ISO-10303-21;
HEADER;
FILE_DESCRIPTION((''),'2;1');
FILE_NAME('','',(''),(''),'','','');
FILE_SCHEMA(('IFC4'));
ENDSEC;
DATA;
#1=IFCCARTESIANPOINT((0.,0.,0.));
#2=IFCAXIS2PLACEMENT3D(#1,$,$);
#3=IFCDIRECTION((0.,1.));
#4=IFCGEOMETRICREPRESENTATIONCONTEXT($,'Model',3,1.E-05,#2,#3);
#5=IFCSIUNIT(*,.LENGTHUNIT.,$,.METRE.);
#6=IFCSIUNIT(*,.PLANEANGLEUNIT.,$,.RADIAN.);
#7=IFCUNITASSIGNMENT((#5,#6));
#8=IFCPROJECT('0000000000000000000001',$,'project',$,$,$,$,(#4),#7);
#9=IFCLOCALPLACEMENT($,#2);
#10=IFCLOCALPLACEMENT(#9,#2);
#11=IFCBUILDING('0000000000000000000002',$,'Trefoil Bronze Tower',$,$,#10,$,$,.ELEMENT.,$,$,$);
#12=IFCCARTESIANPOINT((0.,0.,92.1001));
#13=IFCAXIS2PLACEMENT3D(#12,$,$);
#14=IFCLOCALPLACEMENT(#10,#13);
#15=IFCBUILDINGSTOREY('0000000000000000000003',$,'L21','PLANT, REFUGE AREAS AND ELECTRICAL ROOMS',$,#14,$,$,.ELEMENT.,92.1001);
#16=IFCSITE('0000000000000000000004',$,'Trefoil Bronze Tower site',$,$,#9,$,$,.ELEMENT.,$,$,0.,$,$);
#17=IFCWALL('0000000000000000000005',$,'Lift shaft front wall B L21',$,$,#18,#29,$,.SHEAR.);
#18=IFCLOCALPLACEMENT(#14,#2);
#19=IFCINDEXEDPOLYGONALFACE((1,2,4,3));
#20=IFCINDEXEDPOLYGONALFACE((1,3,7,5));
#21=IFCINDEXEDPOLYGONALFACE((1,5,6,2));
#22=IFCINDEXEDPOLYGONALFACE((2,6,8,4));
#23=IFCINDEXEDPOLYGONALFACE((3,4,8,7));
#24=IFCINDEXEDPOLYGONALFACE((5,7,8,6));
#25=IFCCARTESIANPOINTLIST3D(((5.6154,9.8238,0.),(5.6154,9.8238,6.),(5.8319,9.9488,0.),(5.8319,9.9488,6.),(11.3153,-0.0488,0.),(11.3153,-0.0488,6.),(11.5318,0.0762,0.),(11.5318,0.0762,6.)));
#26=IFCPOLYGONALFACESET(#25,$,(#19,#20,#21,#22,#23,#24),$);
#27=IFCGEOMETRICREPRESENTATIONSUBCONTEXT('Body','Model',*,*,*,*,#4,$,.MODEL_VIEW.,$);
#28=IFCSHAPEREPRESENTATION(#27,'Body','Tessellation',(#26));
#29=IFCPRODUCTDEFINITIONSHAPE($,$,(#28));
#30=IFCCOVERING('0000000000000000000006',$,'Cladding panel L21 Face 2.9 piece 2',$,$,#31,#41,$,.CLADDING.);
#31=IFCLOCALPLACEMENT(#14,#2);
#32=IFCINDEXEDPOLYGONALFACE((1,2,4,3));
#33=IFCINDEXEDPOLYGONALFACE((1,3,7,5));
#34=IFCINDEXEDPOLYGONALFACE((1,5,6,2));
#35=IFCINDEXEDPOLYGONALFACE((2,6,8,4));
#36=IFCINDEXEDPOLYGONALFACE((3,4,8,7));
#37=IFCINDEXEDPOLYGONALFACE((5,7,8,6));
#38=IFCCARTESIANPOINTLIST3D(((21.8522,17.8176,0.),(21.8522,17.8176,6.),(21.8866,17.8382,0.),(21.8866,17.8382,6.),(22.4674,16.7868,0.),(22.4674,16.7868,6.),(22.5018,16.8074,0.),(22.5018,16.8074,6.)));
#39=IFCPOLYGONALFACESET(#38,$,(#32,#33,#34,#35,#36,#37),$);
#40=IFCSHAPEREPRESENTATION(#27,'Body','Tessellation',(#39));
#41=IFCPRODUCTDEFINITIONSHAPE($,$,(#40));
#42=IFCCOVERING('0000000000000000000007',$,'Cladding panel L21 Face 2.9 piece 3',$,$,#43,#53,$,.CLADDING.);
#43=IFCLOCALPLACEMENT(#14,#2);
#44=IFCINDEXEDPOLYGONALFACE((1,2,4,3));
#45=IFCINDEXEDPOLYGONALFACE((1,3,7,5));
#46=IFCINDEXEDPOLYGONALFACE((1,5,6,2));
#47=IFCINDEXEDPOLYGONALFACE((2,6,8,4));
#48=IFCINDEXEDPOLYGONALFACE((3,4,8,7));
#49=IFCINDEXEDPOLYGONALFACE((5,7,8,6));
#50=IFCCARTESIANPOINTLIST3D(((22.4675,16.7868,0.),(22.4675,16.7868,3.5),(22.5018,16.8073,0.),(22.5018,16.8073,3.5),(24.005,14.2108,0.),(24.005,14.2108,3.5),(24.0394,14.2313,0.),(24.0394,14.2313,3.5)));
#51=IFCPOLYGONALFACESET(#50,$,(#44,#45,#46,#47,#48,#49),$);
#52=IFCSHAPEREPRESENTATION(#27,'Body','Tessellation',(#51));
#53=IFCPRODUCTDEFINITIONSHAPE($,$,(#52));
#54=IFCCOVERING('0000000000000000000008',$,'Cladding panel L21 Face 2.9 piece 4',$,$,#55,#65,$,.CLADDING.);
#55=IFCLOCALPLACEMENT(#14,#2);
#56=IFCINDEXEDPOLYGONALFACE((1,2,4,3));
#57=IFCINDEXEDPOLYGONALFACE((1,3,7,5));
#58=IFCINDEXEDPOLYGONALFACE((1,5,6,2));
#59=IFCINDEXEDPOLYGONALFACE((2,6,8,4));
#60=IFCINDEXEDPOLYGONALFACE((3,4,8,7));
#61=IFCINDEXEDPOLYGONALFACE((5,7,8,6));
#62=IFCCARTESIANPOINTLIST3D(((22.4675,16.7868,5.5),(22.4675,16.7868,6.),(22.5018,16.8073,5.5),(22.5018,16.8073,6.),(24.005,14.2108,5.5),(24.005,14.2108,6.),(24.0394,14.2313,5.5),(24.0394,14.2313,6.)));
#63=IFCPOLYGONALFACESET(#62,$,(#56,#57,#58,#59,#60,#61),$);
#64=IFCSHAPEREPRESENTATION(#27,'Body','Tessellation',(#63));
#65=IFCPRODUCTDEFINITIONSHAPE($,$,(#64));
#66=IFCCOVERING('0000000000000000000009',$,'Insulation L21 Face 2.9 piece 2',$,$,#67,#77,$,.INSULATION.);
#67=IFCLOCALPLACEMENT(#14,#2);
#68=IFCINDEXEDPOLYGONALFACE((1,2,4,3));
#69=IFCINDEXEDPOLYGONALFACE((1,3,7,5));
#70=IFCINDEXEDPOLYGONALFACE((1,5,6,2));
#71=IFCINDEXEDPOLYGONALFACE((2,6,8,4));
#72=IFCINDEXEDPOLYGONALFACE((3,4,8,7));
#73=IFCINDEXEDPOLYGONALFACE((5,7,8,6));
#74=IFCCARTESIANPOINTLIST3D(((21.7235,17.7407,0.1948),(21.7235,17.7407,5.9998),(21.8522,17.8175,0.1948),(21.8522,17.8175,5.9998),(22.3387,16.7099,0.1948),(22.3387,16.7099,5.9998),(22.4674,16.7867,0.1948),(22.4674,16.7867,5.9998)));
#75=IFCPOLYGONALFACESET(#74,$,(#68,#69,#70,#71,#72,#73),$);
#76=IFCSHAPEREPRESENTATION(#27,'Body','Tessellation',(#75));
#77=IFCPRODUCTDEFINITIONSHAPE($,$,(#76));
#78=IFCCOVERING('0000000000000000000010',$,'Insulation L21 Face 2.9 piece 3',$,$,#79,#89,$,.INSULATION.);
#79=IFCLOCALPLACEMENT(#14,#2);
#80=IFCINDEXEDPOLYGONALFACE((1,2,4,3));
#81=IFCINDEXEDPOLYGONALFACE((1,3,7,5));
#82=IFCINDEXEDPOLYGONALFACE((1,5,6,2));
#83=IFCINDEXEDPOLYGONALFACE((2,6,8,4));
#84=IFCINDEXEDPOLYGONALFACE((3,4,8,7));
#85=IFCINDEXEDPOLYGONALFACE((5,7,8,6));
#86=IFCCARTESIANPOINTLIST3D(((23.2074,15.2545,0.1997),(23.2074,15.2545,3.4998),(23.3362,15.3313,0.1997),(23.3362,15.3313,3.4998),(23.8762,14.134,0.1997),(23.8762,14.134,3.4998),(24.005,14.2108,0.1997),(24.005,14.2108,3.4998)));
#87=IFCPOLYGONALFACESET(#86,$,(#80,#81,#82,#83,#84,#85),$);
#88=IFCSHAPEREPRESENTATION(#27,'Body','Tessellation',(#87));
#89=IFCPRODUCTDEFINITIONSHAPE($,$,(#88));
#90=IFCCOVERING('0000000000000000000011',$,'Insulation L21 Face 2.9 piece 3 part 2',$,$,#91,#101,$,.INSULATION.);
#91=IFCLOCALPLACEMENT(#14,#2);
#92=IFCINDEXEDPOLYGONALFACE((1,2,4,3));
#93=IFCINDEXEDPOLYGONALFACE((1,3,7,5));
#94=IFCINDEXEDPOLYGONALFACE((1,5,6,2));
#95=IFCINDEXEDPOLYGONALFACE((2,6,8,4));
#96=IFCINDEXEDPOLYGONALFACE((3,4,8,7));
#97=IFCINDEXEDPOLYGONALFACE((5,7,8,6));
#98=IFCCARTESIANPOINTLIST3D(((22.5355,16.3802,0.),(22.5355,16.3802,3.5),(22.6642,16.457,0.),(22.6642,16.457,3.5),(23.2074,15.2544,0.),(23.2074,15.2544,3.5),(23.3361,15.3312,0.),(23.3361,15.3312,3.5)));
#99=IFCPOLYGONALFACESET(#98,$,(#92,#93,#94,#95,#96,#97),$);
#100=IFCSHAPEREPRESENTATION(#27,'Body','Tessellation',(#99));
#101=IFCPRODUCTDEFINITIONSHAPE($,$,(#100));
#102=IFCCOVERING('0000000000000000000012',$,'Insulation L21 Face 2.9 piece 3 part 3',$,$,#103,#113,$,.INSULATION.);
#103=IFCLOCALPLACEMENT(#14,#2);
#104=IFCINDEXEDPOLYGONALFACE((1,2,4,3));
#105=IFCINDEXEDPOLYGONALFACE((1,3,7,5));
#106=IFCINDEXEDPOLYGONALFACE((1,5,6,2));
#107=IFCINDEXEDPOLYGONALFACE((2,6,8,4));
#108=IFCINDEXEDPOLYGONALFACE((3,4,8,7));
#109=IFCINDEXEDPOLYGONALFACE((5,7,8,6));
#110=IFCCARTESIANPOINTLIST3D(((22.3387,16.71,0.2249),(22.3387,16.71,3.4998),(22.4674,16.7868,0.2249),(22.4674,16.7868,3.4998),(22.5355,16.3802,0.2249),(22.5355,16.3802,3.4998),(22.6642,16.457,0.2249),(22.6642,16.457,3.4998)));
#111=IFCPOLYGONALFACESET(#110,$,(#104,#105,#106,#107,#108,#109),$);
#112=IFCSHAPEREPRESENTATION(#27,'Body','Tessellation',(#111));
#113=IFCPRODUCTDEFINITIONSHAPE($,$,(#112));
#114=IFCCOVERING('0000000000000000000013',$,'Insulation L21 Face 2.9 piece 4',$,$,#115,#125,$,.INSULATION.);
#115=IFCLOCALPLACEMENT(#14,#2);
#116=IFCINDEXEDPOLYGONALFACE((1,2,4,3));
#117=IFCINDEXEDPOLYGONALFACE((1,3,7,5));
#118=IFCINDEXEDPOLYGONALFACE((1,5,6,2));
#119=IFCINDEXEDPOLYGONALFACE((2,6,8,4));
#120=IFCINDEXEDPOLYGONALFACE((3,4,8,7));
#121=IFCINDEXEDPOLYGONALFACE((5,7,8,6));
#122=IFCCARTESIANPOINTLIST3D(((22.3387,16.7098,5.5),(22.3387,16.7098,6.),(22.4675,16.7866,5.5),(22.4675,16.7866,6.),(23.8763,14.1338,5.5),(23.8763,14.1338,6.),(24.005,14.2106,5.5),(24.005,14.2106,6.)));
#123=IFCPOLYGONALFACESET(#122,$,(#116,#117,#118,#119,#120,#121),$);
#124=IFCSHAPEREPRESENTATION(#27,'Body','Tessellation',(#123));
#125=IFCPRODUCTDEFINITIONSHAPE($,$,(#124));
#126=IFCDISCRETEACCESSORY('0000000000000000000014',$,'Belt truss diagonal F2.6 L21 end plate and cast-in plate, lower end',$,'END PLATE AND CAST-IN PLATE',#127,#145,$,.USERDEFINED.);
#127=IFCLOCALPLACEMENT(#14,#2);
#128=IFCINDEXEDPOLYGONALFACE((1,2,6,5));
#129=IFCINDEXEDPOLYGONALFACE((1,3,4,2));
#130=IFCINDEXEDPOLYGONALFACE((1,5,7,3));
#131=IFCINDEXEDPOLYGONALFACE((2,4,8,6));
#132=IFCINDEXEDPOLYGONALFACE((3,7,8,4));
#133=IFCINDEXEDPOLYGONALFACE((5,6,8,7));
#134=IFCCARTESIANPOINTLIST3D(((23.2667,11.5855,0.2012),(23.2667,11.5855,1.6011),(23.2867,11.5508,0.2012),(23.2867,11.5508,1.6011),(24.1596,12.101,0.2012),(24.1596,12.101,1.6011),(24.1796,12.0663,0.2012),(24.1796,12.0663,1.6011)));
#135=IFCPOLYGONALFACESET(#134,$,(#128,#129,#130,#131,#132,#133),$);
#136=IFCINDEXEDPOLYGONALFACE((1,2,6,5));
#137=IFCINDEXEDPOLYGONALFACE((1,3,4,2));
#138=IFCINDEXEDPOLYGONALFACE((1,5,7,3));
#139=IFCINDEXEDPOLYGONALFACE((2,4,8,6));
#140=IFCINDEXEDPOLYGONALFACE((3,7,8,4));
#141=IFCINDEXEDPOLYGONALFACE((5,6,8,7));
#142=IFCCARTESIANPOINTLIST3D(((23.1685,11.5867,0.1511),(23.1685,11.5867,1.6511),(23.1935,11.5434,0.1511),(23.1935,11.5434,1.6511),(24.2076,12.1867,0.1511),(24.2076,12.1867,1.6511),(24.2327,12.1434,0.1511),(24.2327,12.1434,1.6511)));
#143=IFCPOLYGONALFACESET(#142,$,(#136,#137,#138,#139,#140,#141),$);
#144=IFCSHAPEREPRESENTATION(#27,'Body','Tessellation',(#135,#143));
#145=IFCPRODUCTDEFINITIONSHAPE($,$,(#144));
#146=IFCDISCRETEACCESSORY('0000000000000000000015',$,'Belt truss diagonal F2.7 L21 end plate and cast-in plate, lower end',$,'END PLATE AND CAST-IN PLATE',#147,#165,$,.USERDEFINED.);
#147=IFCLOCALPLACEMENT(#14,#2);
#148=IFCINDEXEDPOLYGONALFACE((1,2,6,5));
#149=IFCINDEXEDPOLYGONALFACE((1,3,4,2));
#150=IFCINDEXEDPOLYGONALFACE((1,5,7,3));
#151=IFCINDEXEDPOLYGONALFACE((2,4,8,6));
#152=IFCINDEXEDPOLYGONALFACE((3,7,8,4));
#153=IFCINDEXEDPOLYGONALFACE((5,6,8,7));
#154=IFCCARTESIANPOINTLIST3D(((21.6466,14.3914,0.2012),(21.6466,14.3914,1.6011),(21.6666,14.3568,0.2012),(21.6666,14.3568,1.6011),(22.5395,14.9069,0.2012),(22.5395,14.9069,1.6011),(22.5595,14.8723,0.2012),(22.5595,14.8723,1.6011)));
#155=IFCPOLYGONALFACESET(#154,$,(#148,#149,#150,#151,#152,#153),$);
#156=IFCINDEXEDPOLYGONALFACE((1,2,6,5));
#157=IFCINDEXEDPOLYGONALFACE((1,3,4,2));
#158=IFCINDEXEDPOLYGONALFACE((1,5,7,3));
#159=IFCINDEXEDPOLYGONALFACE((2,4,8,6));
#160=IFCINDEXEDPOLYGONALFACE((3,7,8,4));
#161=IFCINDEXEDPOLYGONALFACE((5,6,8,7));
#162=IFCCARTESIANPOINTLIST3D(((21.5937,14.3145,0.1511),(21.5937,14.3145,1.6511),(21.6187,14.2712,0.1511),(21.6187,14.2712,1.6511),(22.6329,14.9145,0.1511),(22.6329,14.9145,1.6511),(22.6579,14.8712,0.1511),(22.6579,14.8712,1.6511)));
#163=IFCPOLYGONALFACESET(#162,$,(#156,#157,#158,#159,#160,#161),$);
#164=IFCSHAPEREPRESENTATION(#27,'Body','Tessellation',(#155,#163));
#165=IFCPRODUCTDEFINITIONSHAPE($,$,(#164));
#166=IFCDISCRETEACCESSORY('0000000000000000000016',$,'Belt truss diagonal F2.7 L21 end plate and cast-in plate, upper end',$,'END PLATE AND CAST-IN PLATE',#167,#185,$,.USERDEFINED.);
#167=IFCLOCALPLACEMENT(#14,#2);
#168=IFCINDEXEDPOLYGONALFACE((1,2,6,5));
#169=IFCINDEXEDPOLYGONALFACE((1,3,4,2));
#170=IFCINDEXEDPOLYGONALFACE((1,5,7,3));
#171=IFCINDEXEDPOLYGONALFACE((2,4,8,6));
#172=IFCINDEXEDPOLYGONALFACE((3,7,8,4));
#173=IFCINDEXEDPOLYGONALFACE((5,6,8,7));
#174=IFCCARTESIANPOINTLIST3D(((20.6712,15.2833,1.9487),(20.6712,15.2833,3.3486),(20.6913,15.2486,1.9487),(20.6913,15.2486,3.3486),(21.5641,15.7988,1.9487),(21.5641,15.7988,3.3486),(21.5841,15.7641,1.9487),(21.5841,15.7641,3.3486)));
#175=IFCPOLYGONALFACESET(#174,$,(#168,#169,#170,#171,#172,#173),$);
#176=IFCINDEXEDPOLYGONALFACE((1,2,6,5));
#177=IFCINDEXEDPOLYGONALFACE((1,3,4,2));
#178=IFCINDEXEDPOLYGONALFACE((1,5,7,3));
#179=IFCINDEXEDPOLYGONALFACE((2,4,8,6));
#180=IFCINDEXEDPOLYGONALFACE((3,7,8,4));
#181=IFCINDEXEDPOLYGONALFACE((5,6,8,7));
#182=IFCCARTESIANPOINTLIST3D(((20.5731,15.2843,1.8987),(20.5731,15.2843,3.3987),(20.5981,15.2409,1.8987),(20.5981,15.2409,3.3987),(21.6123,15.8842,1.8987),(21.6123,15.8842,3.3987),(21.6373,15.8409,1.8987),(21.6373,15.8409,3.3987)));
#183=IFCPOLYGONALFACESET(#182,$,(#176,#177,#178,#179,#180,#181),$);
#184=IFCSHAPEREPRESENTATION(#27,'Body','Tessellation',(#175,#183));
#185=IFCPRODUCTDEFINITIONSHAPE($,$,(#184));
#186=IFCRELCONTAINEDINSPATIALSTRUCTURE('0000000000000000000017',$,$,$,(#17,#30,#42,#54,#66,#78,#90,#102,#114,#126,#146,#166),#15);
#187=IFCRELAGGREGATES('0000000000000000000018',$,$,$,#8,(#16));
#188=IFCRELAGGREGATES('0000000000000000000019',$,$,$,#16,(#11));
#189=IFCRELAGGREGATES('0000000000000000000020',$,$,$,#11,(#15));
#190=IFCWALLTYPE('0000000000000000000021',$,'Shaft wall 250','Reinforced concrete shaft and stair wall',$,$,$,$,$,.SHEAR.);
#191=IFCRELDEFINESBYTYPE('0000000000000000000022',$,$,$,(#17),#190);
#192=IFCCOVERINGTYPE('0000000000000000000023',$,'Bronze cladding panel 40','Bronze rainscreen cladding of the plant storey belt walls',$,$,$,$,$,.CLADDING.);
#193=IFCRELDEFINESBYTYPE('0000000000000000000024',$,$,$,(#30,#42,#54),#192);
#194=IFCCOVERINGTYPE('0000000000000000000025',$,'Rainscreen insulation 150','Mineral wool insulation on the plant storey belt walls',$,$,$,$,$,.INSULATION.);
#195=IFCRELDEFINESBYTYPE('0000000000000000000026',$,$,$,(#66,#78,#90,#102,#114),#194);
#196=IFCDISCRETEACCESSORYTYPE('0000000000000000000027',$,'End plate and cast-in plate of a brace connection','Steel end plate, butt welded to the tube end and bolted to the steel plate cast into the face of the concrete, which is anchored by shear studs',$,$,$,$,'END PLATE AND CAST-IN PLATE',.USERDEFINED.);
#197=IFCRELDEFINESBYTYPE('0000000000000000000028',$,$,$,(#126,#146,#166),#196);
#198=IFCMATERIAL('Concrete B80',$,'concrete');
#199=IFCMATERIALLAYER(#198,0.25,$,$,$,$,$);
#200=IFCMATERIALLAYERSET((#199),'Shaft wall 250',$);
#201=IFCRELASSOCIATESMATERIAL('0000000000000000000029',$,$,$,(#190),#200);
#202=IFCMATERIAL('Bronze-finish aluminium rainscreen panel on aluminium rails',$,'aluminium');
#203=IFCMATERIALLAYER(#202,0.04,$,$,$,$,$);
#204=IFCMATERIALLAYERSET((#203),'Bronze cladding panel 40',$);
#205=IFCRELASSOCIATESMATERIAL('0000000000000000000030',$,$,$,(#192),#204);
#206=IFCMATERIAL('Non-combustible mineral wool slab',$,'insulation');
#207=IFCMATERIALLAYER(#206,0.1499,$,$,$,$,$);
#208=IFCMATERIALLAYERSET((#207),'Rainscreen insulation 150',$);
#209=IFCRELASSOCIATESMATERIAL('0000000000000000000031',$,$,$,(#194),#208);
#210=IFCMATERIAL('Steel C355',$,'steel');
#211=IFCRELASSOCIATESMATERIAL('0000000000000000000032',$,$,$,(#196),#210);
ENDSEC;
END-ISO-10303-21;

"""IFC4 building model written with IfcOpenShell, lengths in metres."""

from ifc_helpers import new_model, si_unit, direction, frame, frame_2d, origin, origin_2d, place, context, subcontext, project, spatial, rectangle, extrude, material, layer, layer_set, type_object, element, save


model = new_model("IFC4")

# Units and contexts
model_context = context("Model", 3, precision=1e-05, world=origin(), true_north=direction((0.0, 1.0)))
body_context = subcontext(model_context, "Body", "Model", "MODEL_VIEW")
ifc_project = project(units=[si_unit("LENGTHUNIT", "METRE"), si_unit("PLANEANGLEUNIT", "RADIAN")], contexts=[model_context])

# Site, building, storey
site_placement = place(None, origin())
site = spatial("IfcSite", under=ifc_project, at=site_placement, Name="Trefoil Bronze Tower site", CompositionType="ELEMENT", RefElevation=0.0)
building_placement = place(site_placement, origin())
building = spatial("IfcBuilding", under=site, at=building_placement, Name="Trefoil Bronze Tower", CompositionType="ELEMENT")
storey_placement = place(building_placement, frame((0.0, 0.0, 92.1001)))
storey = spatial("IfcBuildingStorey", under=building, at=storey_placement, Name="L21", Description="PLANT, REFUGE AREAS AND ELECTRICAL ROOMS", CompositionType="ELEMENT", Elevation=92.1001)

# Wall
ifc_material_1 = material(Name="Concrete B80", Category="concrete")
ifc_layer_1 = layer(ifc_material_1, 0.25)
ifc_layer_set_1 = layer_set([ifc_layer_1], Name="Shaft wall 250")
wall_type_1 = type_object("IfcWallType", Name="Shaft wall 250", Description="Reinforced concrete shaft and stair wall", PredefinedType="SHEAR", material=ifc_layer_set_1)
wall_1_placement = place(storey_placement, frame((11.4236, 0.0137, 0.0), z_axis=(0.0, 0.0, 1.0), x_axis=(-0.500002, 0.866024, 0.0)))
element("IfcWall", 1, at=wall_1_placement, inside=storey, type_object=wall_type_1, Name="Lift shaft front wall B L21", PredefinedType="SHEAR", context=body_context, shape_type="SweptSolid", body=[
    extrude(rectangle(XDim=11.3999, YDim=0.25, at=frame_2d((5.7, 0.0))), origin(), (0.0, 0.0, 1.0), 6.0),
])

# Coverings
ifc_material_2 = material(Name="Bronze-finish aluminium rainscreen panel on aluminium rails", Category="aluminium")
ifc_layer_2 = layer(ifc_material_2, 0.04)
ifc_layer_set_2 = layer_set([ifc_layer_2], Name="Bronze cladding panel 40")
covering_type_1 = type_object("IfcCoveringType", Name="Bronze cladding panel 40", Description="Bronze rainscreen cladding of the plant storey belt walls", PredefinedType="CLADDING", material=ifc_layer_set_2)
covering_1_placement = place(storey_placement, frame((22.177, 17.3125, 0.0), z_axis=(0.0, 0.0, 1.0), x_axis=(-0.512513, 0.85868, 0.0)))
element("IfcCovering", 2, at=covering_1_placement, inside=storey, type_object=covering_type_1, Name="Cladding panel L21 Face 2.9 piece 2", PredefinedType="CLADDING", context=body_context, shape_type="SweptSolid", body=[
    extrude(rectangle(XDim=1.2004, YDim=0.04, at=origin_2d()), origin(), (0.0, 0.0, 1.0), 6.0),
])
covering_2_placement = place(storey_placement, frame((23.2534, 15.509, 0.0), z_axis=(0.0, 0.0, 1.0), x_axis=(-0.512513, 0.85868, 0.0)))
element("IfcCovering", 3, at=covering_2_placement, inside=storey, type_object=covering_type_1, Name="Cladding panel L21 Face 2.9 piece 3", PredefinedType="CLADDING", context=body_context, shape_type="SweptSolid", body=[
    extrude(rectangle(XDim=3.0, YDim=0.04, at=origin_2d()), origin(), (0.0, 0.0, 1.0), 3.5),
])
covering_3_placement = place(storey_placement, frame((23.2534, 15.509, 5.5), z_axis=(0.0, 0.0, 1.0), x_axis=(-0.512513, 0.85868, 0.0)))
element("IfcCovering", 4, at=covering_3_placement, inside=storey, type_object=covering_type_1, Name="Cladding panel L21 Face 2.9 piece 4", PredefinedType="CLADDING", context=body_context, shape_type="SweptSolid", body=[
    extrude(rectangle(XDim=3.0, YDim=0.04, at=origin_2d()), origin(), (0.0, 0.0, 1.0), 0.5),
])
ifc_material_3 = material(Name="Non-combustible mineral wool slab", Category="insulation")
ifc_layer_3 = layer(ifc_material_3, 0.1499)
ifc_layer_set_3 = layer_set([ifc_layer_3], Name="Rainscreen insulation 150")
covering_type_2 = type_object("IfcCoveringType", Name="Rainscreen insulation 150", Description="Mineral wool insulation on the plant storey belt walls", PredefinedType="INSULATION", material=ifc_layer_set_3)
covering_4_placement = place(storey_placement, frame((22.0955, 17.2637, 0.1948), z_axis=(0.0, 0.0, 1.0), x_axis=(-0.512513, 0.85868, 0.0)))
element("IfcCovering", 5, at=covering_4_placement, inside=storey, type_object=covering_type_2, Name="Insulation L21 Face 2.9 piece 2", PredefinedType="INSULATION", context=body_context, shape_type="SweptSolid", body=[
    extrude(rectangle(XDim=1.2004, YDim=0.1499, at=origin_2d()), origin(), (0.0, 0.0, 1.0), 5.8049),
])
covering_5_placement = place(storey_placement, frame((23.6062, 14.7327, 0.1997), z_axis=(0.0, 0.0, 1.0), x_axis=(-0.512513, 0.85868, 0.0)))
element("IfcCovering", 6, at=covering_5_placement, inside=storey, type_object=covering_type_2, Name="Insulation L21 Face 2.9 piece 3", PredefinedType="INSULATION", context=body_context, shape_type="SweptSolid", body=[
    extrude(rectangle(XDim=1.3049, YDim=0.1499, at=origin_2d()), origin(), (0.0, 0.0, 1.0), 3.3),
])
covering_6_placement = place(storey_placement, frame((22.9358, 15.8557, 0.0), z_axis=(0.0, 0.0, 1.0), x_axis=(-0.512513, 0.85868, 0.0)))
element("IfcCovering", 7, at=covering_6_placement, inside=storey, type_object=covering_type_2, Name="Insulation L21 Face 2.9 piece 3 part 2", PredefinedType="INSULATION", context=body_context, shape_type="SweptSolid", body=[
    extrude(rectangle(XDim=1.311, YDim=0.1499, at=origin_2d()), origin(), (0.0, 0.0, 1.0), 3.5),
])
covering_7_placement = place(storey_placement, frame((22.5015, 16.5835, 0.2249), z_axis=(0.0, 0.0, 1.0), x_axis=(-0.512513, 0.85868, 0.0)))
element("IfcCovering", 8, at=covering_7_placement, inside=storey, type_object=covering_type_2, Name="Insulation L21 Face 2.9 piece 3 part 3", PredefinedType="INSULATION", context=body_context, shape_type="SweptSolid", body=[
    extrude(rectangle(XDim=0.384, YDim=0.1499, at=origin_2d()), origin(), (0.0, 0.0, 1.0), 3.2749),
])
covering_8_placement = place(storey_placement, frame((23.1719, 15.4602, 5.5), z_axis=(0.0, 0.0, 1.0), x_axis=(-0.512513, 0.85868, 0.0)))
element("IfcCovering", 9, at=covering_8_placement, inside=storey, type_object=covering_type_2, Name="Insulation L21 Face 2.9 piece 4", PredefinedType="INSULATION", context=body_context, shape_type="SweptSolid", body=[
    extrude(rectangle(XDim=3.0, YDim=0.1499, at=origin_2d()), origin(), (0.0, 0.0, 1.0), 0.5),
])

# Discrete accessories
ifc_material_4 = material(Name="Steel C355", Category="steel")
discrete_accessory_type = type_object("IfcDiscreteAccessoryType", Name="End plate and cast-in plate of a brace connection", Description="Steel end plate, butt welded to the tube end and bolted to the steel plate cast into the face of the concrete, which is anchored by shear studs", ElementType="END PLATE AND CAST-IN PLATE", PredefinedType="USERDEFINED", material=ifc_material_4)
discrete_accessory_1_placement = place(storey_placement, frame((23.7131, 11.8433, 0.9011), z_axis=(0.0, 0.0, 1.0), x_axis=(0.5, -0.866025, 0.0)))
element("IfcDiscreteAccessory", 10, at=discrete_accessory_1_placement, inside=storey, type_object=discrete_accessory_type, Name="Belt truss diagonal F2.6 L21 end plate and cast-in plate, lower end", ObjectType="END PLATE AND CAST-IN PLATE", PredefinedType="USERDEFINED", context=body_context, shape_type="SweptSolid", body=[
    extrude(rectangle(XDim=0.04, YDim=1.031, at=origin_2d()), frame((0.02, 0.0, -0.7)), (0.0, 0.0, 1.0), 1.3999),
    extrude(rectangle(XDim=0.05, YDim=1.2, at=origin_2d()), frame((-0.0251, 0.0, -0.75)), (0.0, 0.0, 1.0), 1.5),
])
discrete_accessory_2_placement = place(storey_placement, frame((22.113, 14.6145, 0.9011), z_axis=(0.0, 0.0, 1.0), x_axis=(-0.5, 0.866025, 0.0)))
element("IfcDiscreteAccessory", 11, at=discrete_accessory_2_placement, inside=storey, type_object=discrete_accessory_type, Name="Belt truss diagonal F2.7 L21 end plate and cast-in plate, lower end", ObjectType="END PLATE AND CAST-IN PLATE", PredefinedType="USERDEFINED", context=body_context, shape_type="SweptSolid", body=[
    extrude(rectangle(XDim=0.04, YDim=1.031, at=origin_2d()), frame((0.02, 0.0, -0.7)), (0.0, 0.0, 1.0), 1.3999),
    extrude(rectangle(XDim=0.05, YDim=1.2, at=origin_2d()), frame((-0.0251, -0.0002, -0.75)), (0.0, 0.0, 1.0), 1.5),
])
discrete_accessory_3_placement = place(storey_placement, frame((21.1177, 15.541, 2.6487), z_axis=(0.0, 0.0, 1.0), x_axis=(0.5, -0.866025, 0.0)))
element("IfcDiscreteAccessory", 12, at=discrete_accessory_3_placement, inside=storey, type_object=discrete_accessory_type, Name="Belt truss diagonal F2.7 L21 end plate and cast-in plate, upper end", ObjectType="END PLATE AND CAST-IN PLATE", PredefinedType="USERDEFINED", context=body_context, shape_type="SweptSolid", body=[
    extrude(rectangle(XDim=0.04, YDim=1.031, at=origin_2d()), frame((0.02, 0.0, -0.7)), (0.0, 0.0, 1.0), 1.3999),
    extrude(rectangle(XDim=0.05, YDim=1.2, at=origin_2d()), frame((-0.0249, 0.0, -0.75)), (0.0, 0.0, 1.0), 1.5),
])

save(model, "model.ifc")
